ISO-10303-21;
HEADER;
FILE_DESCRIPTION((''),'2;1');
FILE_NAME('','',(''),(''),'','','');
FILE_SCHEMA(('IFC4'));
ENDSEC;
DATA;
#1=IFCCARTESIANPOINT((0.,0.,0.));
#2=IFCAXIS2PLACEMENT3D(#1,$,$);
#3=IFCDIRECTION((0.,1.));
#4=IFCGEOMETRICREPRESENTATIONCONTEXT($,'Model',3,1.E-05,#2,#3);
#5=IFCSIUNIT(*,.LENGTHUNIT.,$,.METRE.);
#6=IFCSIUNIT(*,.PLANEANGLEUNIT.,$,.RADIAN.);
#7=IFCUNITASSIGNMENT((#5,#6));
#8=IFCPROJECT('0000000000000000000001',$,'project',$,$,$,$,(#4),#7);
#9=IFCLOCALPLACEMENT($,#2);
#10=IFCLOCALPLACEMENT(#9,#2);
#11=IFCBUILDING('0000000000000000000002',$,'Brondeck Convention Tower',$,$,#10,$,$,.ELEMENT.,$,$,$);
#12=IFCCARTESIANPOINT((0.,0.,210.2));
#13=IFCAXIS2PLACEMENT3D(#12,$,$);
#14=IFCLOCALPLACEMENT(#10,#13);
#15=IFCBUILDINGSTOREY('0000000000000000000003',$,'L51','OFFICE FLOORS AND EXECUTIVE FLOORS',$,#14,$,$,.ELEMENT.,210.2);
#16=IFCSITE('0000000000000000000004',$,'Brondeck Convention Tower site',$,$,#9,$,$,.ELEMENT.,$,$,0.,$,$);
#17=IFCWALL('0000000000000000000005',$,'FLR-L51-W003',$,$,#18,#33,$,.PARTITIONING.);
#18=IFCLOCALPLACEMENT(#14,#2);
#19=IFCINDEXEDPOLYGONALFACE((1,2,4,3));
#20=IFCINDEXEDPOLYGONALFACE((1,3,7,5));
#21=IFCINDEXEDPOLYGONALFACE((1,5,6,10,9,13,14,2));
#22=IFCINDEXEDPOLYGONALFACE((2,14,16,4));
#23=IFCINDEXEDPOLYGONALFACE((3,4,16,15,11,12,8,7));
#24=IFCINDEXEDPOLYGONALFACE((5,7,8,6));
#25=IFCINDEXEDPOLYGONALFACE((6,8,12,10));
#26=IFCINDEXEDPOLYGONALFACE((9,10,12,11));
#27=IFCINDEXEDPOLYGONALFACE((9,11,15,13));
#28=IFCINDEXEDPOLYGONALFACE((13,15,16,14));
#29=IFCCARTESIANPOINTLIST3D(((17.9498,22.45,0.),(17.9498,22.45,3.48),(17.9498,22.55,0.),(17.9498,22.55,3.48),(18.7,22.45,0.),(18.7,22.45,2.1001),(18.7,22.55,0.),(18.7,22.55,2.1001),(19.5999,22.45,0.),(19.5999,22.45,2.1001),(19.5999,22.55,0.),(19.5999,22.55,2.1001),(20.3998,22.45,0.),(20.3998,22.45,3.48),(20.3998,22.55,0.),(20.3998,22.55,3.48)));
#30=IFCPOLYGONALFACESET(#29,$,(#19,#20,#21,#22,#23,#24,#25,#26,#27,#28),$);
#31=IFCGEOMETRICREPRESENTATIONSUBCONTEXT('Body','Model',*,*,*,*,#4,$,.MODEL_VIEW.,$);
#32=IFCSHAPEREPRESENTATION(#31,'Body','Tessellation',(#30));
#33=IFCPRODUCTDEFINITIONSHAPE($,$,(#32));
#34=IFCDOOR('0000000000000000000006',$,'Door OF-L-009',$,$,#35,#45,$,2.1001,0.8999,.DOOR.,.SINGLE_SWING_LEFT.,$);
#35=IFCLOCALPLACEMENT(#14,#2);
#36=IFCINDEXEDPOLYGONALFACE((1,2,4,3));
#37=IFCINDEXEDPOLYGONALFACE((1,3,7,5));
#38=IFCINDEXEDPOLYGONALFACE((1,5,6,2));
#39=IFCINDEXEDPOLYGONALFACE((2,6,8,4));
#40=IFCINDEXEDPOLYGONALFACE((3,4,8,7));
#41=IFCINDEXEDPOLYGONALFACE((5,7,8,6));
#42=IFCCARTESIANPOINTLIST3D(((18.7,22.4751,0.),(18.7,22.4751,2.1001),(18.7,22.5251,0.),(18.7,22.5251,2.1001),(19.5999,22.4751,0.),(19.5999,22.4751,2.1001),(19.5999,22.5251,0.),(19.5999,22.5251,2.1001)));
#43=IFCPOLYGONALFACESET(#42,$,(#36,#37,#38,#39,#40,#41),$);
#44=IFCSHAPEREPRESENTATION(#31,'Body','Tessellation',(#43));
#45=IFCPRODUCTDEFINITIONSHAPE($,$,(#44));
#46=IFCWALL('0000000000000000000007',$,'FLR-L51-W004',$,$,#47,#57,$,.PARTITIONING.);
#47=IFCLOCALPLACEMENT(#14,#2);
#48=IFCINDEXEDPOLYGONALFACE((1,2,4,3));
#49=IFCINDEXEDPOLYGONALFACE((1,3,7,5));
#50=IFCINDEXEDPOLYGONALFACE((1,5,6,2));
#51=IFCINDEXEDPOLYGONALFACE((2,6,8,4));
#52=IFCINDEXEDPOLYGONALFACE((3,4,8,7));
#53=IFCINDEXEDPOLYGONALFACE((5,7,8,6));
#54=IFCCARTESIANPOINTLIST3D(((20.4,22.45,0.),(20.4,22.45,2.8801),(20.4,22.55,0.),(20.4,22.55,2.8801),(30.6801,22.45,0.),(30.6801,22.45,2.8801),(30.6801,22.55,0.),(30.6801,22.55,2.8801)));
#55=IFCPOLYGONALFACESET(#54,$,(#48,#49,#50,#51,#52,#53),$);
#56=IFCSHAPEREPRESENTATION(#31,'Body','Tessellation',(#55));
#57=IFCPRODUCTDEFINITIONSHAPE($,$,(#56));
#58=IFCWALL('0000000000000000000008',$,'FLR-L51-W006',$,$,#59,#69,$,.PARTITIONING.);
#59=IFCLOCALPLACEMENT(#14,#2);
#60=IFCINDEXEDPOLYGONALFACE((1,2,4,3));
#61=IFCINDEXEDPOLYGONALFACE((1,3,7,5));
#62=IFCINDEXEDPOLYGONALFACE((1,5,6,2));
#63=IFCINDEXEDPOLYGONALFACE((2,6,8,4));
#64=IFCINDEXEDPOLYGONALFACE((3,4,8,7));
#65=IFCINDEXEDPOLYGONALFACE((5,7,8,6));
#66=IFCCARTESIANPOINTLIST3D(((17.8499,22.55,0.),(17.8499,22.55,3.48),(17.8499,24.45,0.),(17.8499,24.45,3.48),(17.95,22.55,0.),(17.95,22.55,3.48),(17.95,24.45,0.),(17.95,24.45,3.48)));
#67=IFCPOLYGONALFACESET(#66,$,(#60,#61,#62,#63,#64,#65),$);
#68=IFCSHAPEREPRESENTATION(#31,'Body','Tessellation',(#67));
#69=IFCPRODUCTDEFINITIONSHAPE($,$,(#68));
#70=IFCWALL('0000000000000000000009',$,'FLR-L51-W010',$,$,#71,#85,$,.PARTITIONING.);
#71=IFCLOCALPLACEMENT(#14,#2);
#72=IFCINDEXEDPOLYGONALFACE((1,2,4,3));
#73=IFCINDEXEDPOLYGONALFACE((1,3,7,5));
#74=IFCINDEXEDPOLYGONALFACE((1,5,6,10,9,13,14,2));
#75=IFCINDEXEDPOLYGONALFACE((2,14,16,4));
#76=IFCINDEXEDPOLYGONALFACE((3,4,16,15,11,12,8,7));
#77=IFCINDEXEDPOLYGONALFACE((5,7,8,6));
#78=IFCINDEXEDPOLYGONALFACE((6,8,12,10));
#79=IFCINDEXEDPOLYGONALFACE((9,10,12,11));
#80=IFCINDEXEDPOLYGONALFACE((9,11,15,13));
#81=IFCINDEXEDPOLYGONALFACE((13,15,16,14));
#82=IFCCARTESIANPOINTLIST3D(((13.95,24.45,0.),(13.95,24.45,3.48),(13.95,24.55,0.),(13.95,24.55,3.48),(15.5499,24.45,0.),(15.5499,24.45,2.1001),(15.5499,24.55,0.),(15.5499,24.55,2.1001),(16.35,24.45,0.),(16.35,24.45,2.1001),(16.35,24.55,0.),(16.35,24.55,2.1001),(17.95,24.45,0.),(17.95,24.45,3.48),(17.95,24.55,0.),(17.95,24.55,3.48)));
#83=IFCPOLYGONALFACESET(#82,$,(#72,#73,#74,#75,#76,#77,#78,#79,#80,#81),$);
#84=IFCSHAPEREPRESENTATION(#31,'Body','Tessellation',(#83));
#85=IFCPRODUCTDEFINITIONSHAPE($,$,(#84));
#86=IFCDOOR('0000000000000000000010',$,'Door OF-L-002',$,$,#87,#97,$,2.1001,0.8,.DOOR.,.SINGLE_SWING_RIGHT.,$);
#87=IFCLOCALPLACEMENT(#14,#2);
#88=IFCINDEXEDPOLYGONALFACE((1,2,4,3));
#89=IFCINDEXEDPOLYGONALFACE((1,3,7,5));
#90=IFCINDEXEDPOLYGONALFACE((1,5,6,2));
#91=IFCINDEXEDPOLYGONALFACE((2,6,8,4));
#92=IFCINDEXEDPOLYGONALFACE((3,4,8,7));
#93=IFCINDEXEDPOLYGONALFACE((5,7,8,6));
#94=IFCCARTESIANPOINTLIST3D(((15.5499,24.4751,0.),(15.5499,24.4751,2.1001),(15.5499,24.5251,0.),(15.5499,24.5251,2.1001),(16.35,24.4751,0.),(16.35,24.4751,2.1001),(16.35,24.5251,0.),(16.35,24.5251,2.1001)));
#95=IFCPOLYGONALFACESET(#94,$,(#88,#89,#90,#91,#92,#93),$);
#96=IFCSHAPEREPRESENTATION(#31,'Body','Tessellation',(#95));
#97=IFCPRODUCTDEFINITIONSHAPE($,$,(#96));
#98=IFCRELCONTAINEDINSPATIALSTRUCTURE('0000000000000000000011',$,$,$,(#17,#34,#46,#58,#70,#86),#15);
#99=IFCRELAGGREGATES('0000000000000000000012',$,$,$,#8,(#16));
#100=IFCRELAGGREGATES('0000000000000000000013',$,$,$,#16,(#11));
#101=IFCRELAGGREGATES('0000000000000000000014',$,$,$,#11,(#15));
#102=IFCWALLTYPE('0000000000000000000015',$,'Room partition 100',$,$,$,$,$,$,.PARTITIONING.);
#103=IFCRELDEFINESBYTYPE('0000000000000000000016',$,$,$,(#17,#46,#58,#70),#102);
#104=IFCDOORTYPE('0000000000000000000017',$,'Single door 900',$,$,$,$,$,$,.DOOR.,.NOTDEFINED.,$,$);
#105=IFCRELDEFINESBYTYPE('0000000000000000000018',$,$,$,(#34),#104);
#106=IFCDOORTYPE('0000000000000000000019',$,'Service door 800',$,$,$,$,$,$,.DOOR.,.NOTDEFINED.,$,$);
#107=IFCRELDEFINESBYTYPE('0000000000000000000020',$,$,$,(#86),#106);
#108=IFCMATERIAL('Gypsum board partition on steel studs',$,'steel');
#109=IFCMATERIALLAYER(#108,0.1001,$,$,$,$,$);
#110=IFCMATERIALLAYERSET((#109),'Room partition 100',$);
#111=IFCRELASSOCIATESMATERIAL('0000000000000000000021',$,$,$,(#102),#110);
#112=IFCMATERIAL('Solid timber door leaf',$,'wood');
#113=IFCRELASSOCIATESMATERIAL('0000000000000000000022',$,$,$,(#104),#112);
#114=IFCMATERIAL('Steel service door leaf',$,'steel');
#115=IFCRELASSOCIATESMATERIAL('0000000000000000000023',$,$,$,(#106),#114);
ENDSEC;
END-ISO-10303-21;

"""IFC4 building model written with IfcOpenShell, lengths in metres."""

from ifc_helpers import new_model, si_unit, direction, frame, frame_2d, origin, place, context, subcontext, project, spatial, rectangle, extrude, material, layer, layer_set, type_object, element, fill, save


model = new_model("IFC4")

# Units and contexts
model_context = context("Model", 3, precision=1e-05, world=origin(), true_north=direction((0.0, 1.0)))
body_context = subcontext(model_context, "Body", "Model", "MODEL_VIEW")
ifc_project = project(units=[si_unit("LENGTHUNIT", "METRE"), si_unit("PLANEANGLEUNIT", "RADIAN")], contexts=[model_context])

# Site, building, storey
site_placement = place(None, origin())
site = spatial("IfcSite", under=ifc_project, at=site_placement, Name="Brondeck Convention Tower site", CompositionType="ELEMENT", RefElevation=0.0)
building_placement = place(site_placement, origin())
building = spatial("IfcBuilding", under=site, at=building_placement, Name="Brondeck Convention Tower", CompositionType="ELEMENT")
storey_placement = place(building_placement, frame((0.0, 0.0, 210.2)))
storey = spatial("IfcBuildingStorey", under=building, at=storey_placement, Name="L51", Description="OFFICE FLOORS AND EXECUTIVE FLOORS", CompositionType="ELEMENT", Elevation=210.2)

# Shared definitions
ifc_material_1 = material(Name="Gypsum board partition on steel studs", Category="steel")
ifc_layer_1 = layer(ifc_material_1, 0.1001)
ifc_layer_set_1 = layer_set([ifc_layer_1], Name="Room partition 100")
wall_type_1 = type_object("IfcWallType", Name="Room partition 100", PredefinedType="PARTITIONING", material=ifc_layer_set_1)

# Wall, opening, door
wall_1_placement = place(storey_placement, frame((20.3999, 22.5, 0.0), z_axis=(0.0, 0.0, 1.0), x_axis=(-1.0, 0.0, 0.0)))
wall_1 = element("IfcWall", 1, at=wall_1_placement, inside=storey, type_object=wall_type_1, Name="FLR-L51-W003", PredefinedType="PARTITIONING", context=body_context, shape_type="SweptSolid", body=[
    extrude(rectangle(XDim=2.45, YDim=0.1001, at=frame_2d((1.2251, 0.0))), origin(), (0.0, 0.0, 1.0), 3.48),
])
opening_1_placement = place(wall_1_placement, frame((0.8, 0.0, 0.0)))
opening_1 = element("IfcOpeningElement", 2, at=opening_1_placement, cuts=wall_1, PredefinedType="OPENING", context=body_context, shape_type="SweptSolid", body=[
    extrude(rectangle(XDim=0.8999, YDim=2.1001, at=frame_2d((0.45, 1.05))), frame((0.0, 0.0601, 0.0), z_axis=(0.0, -1.0, 0.0), x_axis=(1.0, 0.0, 0.0)), (0.0, 0.0, 1.0), 0.1201),
])
ifc_material_2 = material(Name="Solid timber door leaf", Category="wood")
door_type_1 = type_object("IfcDoorType", Name="Single door 900", OperationType="NOTDEFINED", PredefinedType="DOOR", material=ifc_material_2)
door_1_placement = place(opening_1_placement, origin())
door_1 = element("IfcDoor", 3, at=door_1_placement, inside=storey, type_object=door_type_1, Name="Door OF-L-009", OperationType="SINGLE_SWING_LEFT", OverallHeight=2.1001, OverallWidth=0.8999, PredefinedType="DOOR", context=body_context, shape_type="SweptSolid", body=[
    extrude(rectangle(XDim=0.8999, YDim=2.1001, at=frame_2d((0.45, 1.05))), frame((0.0, 0.0249, 0.0), z_axis=(0.0, -1.0, 0.0), x_axis=(1.0, 0.0, 0.0)), (0.0, 0.0, 1.0), 0.05),
])
fill(opening_1, door_1)

# Walls
wall_2_placement = place(storey_placement, frame((20.3999, 22.5, 0.0), z_axis=(0.0, 0.0, 1.0), x_axis=(1.0, 0.0, 0.0)))
element("IfcWall", 4, at=wall_2_placement, inside=storey, type_object=wall_type_1, Name="FLR-L51-W004", PredefinedType="PARTITIONING", context=body_context, shape_type="SweptSolid", body=[
    extrude(rectangle(XDim=10.28, YDim=0.1001, at=frame_2d((5.1401, 0.0))), origin(), (0.0, 0.0, 1.0), 2.8801),
])
wall_3_placement = place(storey_placement, frame((17.8999, 22.55, 0.0), z_axis=(0.0, 0.0, 1.0), x_axis=(0.0, 1.0, 0.0)))
element("IfcWall", 5, at=wall_3_placement, inside=storey, type_object=wall_type_1, Name="FLR-L51-W006", PredefinedType="PARTITIONING", context=body_context, shape_type="SweptSolid", body=[
    extrude(rectangle(XDim=1.8999, YDim=0.1001, at=frame_2d((0.95, 0.0))), origin(), (0.0, 0.0, 1.0), 3.48),
])

# Wall, opening, door
wall_4_placement = place(storey_placement, frame((17.95, 24.5, 0.0), z_axis=(0.0, 0.0, 1.0), x_axis=(-1.0, 0.0, 0.0)))
wall_4 = element("IfcWall", 6, at=wall_4_placement, inside=storey, type_object=wall_type_1, Name="FLR-L51-W010", PredefinedType="PARTITIONING", context=body_context, shape_type="SweptSolid", body=[
    extrude(rectangle(XDim=4.0, YDim=0.1001, at=frame_2d((2.0, 0.0))), origin(), (0.0, 0.0, 1.0), 3.48),
])
opening_2_placement = place(wall_4_placement, frame((1.6001, 0.0, 0.0)))
opening_2 = element("IfcOpeningElement", 7, at=opening_2_placement, cuts=wall_4, PredefinedType="OPENING", context=body_context, shape_type="SweptSolid", body=[
    extrude(rectangle(XDim=0.8, YDim=2.1001, at=frame_2d((0.3999, 1.05))), frame((0.0, 0.0601, 0.0), z_axis=(0.0, -1.0, 0.0), x_axis=(1.0, 0.0, 0.0)), (0.0, 0.0, 1.0), 0.1201),
])
ifc_material_3 = material(Name="Steel service door leaf", Category="steel")
door_type_2 = type_object("IfcDoorType", Name="Service door 800", OperationType="NOTDEFINED", PredefinedType="DOOR", material=ifc_material_3)
door_2_placement = place(opening_2_placement, origin())
door_2 = element("IfcDoor", 8, at=door_2_placement, inside=storey, type_object=door_type_2, Name="Door OF-L-002", OperationType="SINGLE_SWING_RIGHT", OverallHeight=2.1001, OverallWidth=0.8, PredefinedType="DOOR", context=body_context, shape_type="SweptSolid", body=[
    extrude(rectangle(XDim=0.8, YDim=2.1001, at=frame_2d((0.3999, 1.05))), frame((0.0, 0.0249, 0.0), z_axis=(0.0, -1.0, 0.0), x_axis=(1.0, 0.0, 0.0)), (0.0, 0.0, 1.0), 0.05),
])
fill(opening_2, door_2)

save(model, "model.ifc")
